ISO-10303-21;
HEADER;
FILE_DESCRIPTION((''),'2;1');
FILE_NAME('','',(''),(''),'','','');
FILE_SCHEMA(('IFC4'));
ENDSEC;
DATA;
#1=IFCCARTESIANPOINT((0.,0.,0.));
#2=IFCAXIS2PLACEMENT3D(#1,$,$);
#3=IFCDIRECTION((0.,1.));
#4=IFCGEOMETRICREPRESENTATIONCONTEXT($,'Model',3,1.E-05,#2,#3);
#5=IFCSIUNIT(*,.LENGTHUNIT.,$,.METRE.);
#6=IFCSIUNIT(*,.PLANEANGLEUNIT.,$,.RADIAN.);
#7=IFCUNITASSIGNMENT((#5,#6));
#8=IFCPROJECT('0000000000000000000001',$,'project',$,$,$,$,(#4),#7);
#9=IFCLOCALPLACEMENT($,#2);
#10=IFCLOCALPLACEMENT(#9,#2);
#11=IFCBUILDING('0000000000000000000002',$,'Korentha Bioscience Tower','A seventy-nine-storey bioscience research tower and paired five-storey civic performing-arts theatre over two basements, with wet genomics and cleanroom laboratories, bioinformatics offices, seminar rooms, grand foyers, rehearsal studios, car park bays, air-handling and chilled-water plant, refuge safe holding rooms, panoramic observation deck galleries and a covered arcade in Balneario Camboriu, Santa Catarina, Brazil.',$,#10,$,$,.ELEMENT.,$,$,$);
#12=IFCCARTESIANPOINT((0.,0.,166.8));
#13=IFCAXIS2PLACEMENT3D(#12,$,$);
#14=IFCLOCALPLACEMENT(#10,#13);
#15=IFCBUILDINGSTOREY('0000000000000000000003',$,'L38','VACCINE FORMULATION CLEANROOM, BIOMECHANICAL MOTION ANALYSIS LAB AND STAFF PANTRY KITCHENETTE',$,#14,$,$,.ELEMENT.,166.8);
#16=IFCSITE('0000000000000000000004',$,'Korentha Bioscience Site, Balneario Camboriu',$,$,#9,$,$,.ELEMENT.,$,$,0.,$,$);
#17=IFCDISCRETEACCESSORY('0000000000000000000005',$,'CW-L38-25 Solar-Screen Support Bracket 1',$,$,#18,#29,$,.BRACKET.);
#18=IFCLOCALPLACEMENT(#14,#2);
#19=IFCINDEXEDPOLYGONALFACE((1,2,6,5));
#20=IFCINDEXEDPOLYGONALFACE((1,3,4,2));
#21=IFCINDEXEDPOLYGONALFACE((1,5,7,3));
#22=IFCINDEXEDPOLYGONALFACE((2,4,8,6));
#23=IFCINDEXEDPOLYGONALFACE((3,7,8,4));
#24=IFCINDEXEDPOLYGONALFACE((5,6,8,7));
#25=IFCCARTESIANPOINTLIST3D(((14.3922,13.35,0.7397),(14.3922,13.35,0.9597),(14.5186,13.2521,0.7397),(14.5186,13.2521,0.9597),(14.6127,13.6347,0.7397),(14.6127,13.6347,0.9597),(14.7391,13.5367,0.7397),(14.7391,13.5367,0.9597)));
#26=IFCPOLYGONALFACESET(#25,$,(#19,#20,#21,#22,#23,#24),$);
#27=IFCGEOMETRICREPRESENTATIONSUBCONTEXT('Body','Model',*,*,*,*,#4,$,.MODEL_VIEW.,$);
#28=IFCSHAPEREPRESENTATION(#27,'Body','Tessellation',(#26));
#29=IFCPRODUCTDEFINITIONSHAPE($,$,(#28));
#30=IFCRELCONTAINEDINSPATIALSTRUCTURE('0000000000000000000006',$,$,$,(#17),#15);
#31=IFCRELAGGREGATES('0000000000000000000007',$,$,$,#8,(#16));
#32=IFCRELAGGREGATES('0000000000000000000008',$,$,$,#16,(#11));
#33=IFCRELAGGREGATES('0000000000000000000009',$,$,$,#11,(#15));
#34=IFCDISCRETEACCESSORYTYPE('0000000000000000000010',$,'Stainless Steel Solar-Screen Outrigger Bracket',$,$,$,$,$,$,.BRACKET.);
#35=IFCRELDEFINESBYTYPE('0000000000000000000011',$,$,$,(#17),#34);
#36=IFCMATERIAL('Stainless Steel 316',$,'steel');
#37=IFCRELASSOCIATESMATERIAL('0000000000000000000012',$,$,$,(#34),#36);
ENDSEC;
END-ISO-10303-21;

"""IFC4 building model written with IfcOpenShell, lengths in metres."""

from ifc_helpers import new_model, si_unit, direction, frame, origin, origin_2d, place, context, subcontext, project, spatial, rectangle, extrude, material, type_object, element, save


model = new_model("IFC4")

# Units and contexts
model_context = context("Model", 3, precision=1e-05, world=origin(), true_north=direction((0.0, 1.0)))
body_context = subcontext(model_context, "Body", "Model", "MODEL_VIEW")
ifc_project = project(units=[si_unit("LENGTHUNIT", "METRE"), si_unit("PLANEANGLEUNIT", "RADIAN")], contexts=[model_context])

# Site, building, storey
site_placement = place(None, origin())
site = spatial("IfcSite", under=ifc_project, at=site_placement, Name="Korentha Bioscience Site, Balneario Camboriu", CompositionType="ELEMENT", RefElevation=0.0)
building_placement = place(site_placement, origin())
building = spatial("IfcBuilding", under=site, at=building_placement, Name="Korentha Bioscience Tower", Description="A seventy-nine-storey bioscience research tower and paired five-storey civic performing-arts theatre over two basements, with wet genomics and cleanroom laboratories, bioinformatics offices, seminar rooms, grand foyers, rehearsal studios, car park bays, air-handling and chilled-water plant, refuge safe holding rooms, panoramic observation deck galleries and a covered arcade in Balneario Camboriu, Santa Catarina, Brazil.", CompositionType="ELEMENT")
storey_placement = place(building_placement, frame((0.0, 0.0, 166.8)))
storey = spatial("IfcBuildingStorey", under=building, at=storey_placement, Name="L38", Description="VACCINE FORMULATION CLEANROOM, BIOMECHANICAL MOTION ANALYSIS LAB AND STAFF PANTRY KITCHENETTE", CompositionType="ELEMENT", Elevation=166.8)

# Discrete accessory
ifc_material_1 = material(Name="Stainless Steel 316", Category="steel")
discrete_accessory_type = type_object("IfcDiscreteAccessoryType", Name="Stainless Steel Solar-Screen Outrigger Bracket", PredefinedType="BRACKET", material=ifc_material_1)
discrete_accessory_placement = place(storey_placement, frame((14.5657, 13.4434, 0.7397), z_axis=(0.0, 0.0, 1.0), x_axis=(0.790547, -0.612402, 0.0)))
element("IfcDiscreteAccessory", 1, at=discrete_accessory_placement, inside=storey, type_object=discrete_accessory_type, Name="CW-L38-25 Solar-Screen Support Bracket 1", PredefinedType="BRACKET", context=body_context, shape_type="SweptSolid", body=[
    extrude(rectangle(XDim=0.1599, YDim=0.3601, at=origin_2d()), origin(), (0.0, 0.0, 1.0), 0.22),
])

save(model, "model.ifc")
